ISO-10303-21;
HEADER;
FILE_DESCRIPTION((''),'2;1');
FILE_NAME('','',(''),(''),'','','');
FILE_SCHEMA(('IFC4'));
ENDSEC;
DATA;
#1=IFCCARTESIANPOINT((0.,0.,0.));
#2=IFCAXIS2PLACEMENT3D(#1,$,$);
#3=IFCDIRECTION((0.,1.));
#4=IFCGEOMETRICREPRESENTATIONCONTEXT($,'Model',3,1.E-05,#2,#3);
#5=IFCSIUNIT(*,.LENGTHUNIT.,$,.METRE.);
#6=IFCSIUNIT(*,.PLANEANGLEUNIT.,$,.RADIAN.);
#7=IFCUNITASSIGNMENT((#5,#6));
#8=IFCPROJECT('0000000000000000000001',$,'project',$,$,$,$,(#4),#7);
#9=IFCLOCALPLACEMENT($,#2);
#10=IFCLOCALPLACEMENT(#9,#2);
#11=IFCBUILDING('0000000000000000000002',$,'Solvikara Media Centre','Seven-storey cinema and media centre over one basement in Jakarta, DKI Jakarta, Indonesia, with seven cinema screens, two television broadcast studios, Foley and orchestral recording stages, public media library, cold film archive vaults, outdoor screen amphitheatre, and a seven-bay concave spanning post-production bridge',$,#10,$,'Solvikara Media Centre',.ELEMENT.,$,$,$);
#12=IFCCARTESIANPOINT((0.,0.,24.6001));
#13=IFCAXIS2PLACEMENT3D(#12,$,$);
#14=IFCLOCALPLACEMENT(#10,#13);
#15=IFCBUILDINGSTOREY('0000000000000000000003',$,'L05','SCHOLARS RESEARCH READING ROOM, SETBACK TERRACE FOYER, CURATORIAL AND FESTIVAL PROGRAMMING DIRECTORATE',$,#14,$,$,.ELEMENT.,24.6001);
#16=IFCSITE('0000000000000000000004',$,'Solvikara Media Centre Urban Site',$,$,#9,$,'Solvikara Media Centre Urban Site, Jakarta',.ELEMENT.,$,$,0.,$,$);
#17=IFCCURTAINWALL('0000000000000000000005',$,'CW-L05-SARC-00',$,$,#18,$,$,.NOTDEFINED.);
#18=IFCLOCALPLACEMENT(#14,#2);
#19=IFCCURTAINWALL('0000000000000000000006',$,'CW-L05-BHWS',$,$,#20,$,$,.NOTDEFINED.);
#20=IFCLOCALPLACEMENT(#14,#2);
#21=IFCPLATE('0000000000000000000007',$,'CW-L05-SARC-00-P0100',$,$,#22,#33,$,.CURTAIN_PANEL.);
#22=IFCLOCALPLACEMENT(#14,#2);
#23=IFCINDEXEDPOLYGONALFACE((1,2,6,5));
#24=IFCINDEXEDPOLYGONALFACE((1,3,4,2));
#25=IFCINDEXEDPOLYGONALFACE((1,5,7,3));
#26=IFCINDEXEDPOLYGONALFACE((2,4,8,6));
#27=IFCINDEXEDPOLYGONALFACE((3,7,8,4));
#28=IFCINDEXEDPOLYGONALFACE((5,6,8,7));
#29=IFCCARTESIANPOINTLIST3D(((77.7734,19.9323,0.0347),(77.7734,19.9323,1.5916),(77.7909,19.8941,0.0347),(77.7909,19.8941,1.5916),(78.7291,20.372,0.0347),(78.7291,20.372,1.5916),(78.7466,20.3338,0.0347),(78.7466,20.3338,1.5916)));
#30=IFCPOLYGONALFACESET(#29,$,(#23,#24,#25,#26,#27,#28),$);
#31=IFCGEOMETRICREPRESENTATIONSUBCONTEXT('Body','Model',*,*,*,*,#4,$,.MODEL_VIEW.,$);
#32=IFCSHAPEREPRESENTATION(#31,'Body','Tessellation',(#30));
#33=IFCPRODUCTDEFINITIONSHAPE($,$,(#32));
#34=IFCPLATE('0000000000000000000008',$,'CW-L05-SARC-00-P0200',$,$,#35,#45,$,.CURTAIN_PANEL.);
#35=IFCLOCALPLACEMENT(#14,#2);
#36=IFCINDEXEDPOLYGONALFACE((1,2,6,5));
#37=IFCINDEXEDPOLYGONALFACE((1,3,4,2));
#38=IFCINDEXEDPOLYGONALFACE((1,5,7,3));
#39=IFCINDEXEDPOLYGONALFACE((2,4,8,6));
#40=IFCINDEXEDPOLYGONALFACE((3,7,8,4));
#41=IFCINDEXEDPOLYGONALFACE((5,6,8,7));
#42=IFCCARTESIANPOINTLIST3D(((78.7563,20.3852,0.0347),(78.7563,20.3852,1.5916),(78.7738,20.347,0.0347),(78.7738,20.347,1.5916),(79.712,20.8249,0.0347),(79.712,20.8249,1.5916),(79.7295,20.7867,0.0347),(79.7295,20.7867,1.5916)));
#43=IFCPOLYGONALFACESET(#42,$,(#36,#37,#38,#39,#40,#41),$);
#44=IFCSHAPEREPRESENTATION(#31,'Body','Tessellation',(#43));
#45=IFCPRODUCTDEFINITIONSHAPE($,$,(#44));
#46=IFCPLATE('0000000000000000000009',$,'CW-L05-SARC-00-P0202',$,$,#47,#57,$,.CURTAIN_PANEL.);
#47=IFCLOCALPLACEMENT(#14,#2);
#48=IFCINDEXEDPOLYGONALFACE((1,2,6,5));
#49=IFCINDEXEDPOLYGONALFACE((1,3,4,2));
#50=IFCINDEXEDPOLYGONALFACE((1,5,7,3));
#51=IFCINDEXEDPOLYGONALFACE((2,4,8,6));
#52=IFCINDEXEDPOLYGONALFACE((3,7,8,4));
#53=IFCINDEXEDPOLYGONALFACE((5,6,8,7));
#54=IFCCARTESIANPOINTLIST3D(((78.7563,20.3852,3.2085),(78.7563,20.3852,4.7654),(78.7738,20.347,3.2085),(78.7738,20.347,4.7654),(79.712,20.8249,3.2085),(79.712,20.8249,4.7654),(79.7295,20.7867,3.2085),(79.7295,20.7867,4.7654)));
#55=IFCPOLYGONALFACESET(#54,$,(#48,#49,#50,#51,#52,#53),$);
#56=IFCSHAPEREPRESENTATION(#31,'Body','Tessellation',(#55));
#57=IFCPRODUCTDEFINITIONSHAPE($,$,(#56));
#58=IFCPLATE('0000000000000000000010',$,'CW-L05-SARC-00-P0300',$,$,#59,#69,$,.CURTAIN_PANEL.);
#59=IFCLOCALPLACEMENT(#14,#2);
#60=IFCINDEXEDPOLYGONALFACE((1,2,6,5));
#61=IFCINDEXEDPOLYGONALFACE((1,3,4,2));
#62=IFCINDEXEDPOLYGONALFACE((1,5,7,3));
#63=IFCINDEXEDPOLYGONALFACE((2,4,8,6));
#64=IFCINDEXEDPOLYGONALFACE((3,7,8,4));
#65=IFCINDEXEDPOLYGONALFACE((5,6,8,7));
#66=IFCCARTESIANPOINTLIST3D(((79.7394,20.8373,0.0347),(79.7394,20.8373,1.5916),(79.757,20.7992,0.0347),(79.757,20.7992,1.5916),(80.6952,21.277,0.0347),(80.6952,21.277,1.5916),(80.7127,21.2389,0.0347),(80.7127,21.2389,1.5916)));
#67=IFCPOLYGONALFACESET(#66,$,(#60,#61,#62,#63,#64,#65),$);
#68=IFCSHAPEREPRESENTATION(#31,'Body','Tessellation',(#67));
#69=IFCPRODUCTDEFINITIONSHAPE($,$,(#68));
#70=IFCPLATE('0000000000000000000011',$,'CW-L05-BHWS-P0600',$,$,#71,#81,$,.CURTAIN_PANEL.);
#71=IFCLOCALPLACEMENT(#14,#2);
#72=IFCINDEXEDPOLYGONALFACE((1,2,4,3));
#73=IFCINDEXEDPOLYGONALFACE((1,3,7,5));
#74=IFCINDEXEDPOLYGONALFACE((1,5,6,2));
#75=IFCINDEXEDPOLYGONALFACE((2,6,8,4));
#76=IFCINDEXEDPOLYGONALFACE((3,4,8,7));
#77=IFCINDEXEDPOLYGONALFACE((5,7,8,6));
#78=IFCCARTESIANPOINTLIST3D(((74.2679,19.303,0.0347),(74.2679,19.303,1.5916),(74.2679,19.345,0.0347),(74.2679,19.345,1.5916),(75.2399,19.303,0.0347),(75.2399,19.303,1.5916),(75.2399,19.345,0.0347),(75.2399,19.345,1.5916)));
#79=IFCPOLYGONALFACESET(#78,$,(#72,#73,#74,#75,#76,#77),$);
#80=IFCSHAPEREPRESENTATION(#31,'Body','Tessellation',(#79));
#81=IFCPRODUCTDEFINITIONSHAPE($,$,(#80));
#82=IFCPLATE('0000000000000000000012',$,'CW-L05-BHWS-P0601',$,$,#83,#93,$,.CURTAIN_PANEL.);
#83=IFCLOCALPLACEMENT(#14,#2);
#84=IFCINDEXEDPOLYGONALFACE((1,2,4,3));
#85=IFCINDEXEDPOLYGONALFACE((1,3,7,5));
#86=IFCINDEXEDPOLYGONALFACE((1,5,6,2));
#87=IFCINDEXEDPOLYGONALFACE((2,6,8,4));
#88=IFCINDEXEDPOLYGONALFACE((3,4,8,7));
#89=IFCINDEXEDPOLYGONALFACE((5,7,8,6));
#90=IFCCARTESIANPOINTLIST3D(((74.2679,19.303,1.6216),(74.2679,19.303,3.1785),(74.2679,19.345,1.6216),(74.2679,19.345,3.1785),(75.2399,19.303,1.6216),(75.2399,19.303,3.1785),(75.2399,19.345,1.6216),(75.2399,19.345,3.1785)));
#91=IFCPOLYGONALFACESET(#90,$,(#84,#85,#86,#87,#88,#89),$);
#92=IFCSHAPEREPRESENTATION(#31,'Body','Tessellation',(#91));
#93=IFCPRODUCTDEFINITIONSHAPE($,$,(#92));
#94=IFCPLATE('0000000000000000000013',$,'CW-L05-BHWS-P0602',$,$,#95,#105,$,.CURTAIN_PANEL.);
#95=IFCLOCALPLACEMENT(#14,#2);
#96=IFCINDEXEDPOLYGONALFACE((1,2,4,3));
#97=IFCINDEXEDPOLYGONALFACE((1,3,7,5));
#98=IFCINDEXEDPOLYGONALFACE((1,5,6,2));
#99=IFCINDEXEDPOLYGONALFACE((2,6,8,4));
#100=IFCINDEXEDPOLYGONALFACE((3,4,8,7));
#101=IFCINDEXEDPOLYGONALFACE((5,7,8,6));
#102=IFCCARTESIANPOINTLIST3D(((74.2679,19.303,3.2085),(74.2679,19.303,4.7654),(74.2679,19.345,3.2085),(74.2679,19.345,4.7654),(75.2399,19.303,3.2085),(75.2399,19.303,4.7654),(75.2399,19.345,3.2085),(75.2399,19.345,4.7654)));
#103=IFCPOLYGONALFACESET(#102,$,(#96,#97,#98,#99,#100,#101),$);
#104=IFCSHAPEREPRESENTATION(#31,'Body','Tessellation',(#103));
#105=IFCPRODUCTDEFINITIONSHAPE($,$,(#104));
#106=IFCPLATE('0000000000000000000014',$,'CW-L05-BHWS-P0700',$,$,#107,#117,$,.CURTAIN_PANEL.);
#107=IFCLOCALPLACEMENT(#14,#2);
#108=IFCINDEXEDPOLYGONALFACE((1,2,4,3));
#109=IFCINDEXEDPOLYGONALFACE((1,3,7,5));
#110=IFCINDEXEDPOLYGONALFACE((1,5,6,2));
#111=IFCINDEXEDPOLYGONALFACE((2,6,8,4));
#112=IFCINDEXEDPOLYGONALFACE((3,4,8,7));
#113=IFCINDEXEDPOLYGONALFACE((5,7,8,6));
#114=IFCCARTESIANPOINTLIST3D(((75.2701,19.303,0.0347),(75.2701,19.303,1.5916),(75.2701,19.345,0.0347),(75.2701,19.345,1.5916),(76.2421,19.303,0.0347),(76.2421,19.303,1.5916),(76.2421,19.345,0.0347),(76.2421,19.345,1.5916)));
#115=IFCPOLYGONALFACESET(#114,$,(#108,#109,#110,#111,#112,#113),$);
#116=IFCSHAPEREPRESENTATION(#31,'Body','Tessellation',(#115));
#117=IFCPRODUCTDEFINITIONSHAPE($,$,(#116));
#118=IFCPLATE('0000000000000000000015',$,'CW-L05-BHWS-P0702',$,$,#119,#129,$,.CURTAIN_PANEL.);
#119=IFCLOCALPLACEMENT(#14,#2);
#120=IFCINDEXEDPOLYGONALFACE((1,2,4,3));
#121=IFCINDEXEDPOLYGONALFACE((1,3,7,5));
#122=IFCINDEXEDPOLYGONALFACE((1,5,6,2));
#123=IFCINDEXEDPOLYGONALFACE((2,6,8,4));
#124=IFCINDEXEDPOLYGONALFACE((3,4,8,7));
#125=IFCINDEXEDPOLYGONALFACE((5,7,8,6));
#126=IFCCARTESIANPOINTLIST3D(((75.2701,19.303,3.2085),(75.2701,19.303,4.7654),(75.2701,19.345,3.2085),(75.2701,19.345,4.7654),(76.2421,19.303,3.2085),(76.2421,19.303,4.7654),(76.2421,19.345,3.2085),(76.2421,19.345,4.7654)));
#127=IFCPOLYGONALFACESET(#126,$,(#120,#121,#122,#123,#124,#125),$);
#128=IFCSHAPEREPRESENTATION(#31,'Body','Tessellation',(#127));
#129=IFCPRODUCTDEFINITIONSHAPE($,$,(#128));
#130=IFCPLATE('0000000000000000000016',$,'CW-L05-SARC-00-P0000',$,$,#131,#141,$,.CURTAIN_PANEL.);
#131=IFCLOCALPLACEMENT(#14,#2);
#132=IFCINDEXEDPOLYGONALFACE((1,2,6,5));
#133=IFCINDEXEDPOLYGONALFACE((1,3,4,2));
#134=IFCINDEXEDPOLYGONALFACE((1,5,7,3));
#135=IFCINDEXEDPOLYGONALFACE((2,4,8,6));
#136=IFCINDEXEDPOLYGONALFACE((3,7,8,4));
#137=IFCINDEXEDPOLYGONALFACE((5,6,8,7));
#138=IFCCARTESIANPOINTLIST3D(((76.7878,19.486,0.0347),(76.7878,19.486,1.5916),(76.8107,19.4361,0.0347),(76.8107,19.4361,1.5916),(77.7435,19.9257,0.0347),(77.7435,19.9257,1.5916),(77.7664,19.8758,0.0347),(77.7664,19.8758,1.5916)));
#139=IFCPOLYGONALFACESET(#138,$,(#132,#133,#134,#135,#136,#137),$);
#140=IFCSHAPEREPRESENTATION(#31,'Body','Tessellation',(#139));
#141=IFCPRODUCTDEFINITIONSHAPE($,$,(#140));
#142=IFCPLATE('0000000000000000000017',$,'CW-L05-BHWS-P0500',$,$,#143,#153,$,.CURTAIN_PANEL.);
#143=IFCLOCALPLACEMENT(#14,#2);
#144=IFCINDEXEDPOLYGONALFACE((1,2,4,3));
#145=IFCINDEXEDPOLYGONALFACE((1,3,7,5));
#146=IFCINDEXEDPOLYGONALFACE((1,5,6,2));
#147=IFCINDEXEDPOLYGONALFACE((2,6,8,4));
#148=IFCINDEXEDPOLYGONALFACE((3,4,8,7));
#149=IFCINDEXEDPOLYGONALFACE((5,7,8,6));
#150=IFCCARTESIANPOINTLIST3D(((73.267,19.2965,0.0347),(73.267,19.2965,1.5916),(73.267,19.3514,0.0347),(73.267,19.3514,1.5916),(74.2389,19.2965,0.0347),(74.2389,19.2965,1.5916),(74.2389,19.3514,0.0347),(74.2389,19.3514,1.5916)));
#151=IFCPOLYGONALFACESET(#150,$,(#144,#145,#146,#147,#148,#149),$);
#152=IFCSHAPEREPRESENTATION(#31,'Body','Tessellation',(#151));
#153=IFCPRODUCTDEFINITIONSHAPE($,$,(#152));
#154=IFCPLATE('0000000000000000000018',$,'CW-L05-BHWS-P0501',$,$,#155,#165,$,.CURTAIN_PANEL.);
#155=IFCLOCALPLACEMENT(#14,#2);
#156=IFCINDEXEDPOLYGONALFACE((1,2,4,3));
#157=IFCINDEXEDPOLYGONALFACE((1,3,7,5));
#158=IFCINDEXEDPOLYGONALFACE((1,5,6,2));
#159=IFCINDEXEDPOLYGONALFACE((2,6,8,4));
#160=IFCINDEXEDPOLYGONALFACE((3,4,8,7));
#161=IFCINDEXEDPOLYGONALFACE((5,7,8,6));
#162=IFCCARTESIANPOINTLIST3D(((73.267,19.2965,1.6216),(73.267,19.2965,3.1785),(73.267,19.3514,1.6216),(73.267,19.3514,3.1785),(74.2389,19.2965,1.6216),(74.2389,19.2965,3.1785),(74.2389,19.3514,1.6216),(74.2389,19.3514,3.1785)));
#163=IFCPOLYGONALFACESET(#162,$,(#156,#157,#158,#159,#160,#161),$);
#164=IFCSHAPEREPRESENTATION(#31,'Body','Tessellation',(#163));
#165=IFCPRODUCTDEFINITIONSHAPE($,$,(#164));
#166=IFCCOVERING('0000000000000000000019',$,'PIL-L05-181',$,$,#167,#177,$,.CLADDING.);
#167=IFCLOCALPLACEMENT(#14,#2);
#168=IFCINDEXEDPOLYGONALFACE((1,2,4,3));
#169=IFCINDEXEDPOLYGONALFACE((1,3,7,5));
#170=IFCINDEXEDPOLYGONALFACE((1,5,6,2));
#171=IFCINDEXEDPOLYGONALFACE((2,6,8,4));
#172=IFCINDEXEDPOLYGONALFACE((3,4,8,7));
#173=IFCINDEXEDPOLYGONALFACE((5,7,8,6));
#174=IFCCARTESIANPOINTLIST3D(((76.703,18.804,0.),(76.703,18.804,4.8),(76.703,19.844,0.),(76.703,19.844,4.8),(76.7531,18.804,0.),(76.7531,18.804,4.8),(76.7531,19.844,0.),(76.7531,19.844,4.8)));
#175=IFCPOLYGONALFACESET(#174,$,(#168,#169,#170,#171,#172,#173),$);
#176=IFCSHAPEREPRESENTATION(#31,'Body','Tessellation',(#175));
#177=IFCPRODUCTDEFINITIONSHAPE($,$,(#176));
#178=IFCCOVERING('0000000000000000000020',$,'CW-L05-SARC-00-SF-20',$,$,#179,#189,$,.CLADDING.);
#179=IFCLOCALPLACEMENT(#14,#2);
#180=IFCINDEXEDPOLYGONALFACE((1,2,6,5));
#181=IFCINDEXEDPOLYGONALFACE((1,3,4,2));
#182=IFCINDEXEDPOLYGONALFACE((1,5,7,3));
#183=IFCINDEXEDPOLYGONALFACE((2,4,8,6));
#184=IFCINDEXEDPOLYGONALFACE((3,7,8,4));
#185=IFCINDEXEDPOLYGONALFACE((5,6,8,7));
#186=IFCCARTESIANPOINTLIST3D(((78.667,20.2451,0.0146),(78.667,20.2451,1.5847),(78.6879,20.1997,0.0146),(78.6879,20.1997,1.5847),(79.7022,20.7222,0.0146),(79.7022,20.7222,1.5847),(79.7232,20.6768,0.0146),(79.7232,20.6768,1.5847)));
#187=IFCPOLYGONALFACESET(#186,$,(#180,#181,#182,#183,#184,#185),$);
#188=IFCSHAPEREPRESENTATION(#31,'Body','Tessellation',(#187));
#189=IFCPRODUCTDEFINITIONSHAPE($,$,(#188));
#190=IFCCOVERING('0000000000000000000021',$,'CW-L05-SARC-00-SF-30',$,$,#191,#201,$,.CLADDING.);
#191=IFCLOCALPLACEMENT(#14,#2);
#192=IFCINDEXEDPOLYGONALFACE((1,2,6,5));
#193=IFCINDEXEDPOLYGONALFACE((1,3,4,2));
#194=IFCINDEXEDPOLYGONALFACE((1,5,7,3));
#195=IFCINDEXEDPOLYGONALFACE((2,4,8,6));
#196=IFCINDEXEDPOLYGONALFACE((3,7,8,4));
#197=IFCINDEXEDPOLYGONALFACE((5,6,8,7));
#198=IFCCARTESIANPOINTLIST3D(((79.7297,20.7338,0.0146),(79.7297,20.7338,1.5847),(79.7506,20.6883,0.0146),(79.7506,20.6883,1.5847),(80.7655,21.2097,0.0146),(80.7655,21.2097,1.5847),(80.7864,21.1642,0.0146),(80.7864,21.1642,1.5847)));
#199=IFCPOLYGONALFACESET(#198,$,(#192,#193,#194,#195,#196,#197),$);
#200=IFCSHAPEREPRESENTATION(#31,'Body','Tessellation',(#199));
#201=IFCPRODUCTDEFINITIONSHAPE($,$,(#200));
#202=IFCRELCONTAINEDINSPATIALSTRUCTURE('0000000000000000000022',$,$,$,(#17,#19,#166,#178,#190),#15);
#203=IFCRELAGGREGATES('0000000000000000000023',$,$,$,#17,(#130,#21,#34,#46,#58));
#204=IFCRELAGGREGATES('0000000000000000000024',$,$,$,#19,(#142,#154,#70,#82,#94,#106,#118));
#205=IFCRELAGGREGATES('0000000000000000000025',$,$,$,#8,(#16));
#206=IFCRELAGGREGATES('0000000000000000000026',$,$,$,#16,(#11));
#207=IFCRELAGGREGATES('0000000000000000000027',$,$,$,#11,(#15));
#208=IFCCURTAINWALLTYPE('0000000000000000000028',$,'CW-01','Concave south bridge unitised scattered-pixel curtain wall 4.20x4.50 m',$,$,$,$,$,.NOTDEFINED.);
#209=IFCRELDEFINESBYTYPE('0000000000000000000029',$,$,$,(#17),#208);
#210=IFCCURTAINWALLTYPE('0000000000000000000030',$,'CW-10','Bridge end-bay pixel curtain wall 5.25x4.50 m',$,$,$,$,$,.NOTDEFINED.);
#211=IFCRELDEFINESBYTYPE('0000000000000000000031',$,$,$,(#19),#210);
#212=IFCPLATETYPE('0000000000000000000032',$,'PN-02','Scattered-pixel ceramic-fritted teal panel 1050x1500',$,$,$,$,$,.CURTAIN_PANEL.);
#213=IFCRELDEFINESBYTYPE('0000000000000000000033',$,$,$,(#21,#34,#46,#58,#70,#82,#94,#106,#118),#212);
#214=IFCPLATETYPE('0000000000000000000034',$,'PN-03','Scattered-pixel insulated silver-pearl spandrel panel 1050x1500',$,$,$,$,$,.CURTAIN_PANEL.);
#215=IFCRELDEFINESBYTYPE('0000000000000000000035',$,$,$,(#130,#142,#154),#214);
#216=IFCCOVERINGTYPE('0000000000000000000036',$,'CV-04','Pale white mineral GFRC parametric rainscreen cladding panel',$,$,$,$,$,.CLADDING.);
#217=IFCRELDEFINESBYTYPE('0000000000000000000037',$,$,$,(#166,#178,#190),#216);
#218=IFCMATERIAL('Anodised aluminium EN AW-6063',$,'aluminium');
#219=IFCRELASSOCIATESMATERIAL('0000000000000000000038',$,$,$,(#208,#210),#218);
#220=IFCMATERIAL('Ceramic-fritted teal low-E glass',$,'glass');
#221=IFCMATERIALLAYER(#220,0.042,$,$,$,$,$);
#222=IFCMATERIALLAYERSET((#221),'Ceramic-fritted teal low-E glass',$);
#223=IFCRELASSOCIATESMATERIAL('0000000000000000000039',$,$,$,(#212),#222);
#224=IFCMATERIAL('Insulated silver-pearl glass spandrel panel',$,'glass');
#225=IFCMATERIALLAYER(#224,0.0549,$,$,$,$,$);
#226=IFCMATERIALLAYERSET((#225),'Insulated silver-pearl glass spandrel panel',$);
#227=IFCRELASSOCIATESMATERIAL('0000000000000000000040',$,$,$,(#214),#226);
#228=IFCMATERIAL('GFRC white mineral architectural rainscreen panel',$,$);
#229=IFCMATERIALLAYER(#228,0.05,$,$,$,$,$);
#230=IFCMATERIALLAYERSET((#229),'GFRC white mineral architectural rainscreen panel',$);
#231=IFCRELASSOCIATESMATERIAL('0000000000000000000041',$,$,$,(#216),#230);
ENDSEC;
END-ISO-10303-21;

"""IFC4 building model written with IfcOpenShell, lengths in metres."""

from ifc_helpers import new_model, si_unit, direction, frame, origin, origin_2d, place, context, subcontext, project, spatial, rectangle, extrude, material, layer, layer_set, type_object, element, aggregate, save


model = new_model("IFC4")

# Units and contexts
model_context = context("Model", 3, precision=1e-05, world=origin(), true_north=direction((0.0, 1.0)))
body_context = subcontext(model_context, "Body", "Model", "MODEL_VIEW")
ifc_project = project(units=[si_unit("LENGTHUNIT", "METRE"), si_unit("PLANEANGLEUNIT", "RADIAN")], contexts=[model_context])

# Site, building, storey
site_placement = place(None, origin())
site = spatial("IfcSite", under=ifc_project, at=site_placement, Name="Solvikara Media Centre Urban Site", LongName="Solvikara Media Centre Urban Site, Jakarta", CompositionType="ELEMENT", RefElevation=0.0)
building_placement = place(site_placement, origin())
building = spatial("IfcBuilding", under=site, at=building_placement, Name="Solvikara Media Centre", Description="Seven-storey cinema and media centre over one basement in Jakarta, DKI Jakarta, Indonesia, with seven cinema screens, two television broadcast studios, Foley and orchestral recording stages, public media library, cold film archive vaults, outdoor screen amphitheatre, and a seven-bay concave spanning post-production bridge", LongName="Solvikara Media Centre", CompositionType="ELEMENT")
storey_placement = place(building_placement, frame((0.0, 0.0, 24.6001)))
storey = spatial("IfcBuildingStorey", under=building, at=storey_placement, Name="L05", Description="SCHOLARS RESEARCH READING ROOM, SETBACK TERRACE FOYER, CURATORIAL AND FESTIVAL PROGRAMMING DIRECTORATE", CompositionType="ELEMENT", Elevation=24.6001)

# Curtain walls
ifc_material_1 = material(Name="Anodised aluminium EN AW-6063", Category="aluminium")
curtain_wall_type_1 = type_object("IfcCurtainWallType", Name="CW-01", Description="Concave south bridge unitised scattered-pixel curtain wall 4.20x4.50 m", PredefinedType="NOTDEFINED", material=ifc_material_1)
curtain_wall_1_placement = place(storey_placement, origin())
curtain_wall_1 = element("IfcCurtainWall", 1, at=curtain_wall_1_placement, inside=storey, type_object=curtain_wall_type_1, Name="CW-L05-SARC-00", PredefinedType="NOTDEFINED")
curtain_wall_type_2 = type_object("IfcCurtainWallType", Name="CW-10", Description="Bridge end-bay pixel curtain wall 5.25x4.50 m", PredefinedType="NOTDEFINED", material=ifc_material_1)
curtain_wall_2_placement = place(storey_placement, origin())
curtain_wall_2 = element("IfcCurtainWall", 2, at=curtain_wall_2_placement, inside=storey, type_object=curtain_wall_type_2, Name="CW-L05-BHWS", PredefinedType="NOTDEFINED")

# Plates
ifc_material_2 = material(Name="Ceramic-fritted teal low-E glass", Category="glass")
ifc_layer_1 = layer(ifc_material_2, 0.042)
ifc_layer_set_1 = layer_set([ifc_layer_1], Name="Ceramic-fritted teal low-E glass")
plate_type_1 = type_object("IfcPlateType", Name="PN-02", Description="Scattered-pixel ceramic-fritted teal panel 1050x1500", PredefinedType="CURTAIN_PANEL", material=ifc_layer_set_1)
plate_1_placement = place(storey_placement, frame((78.26, 20.1331, 0.0347), z_axis=(0.0, 0.0, 1.0), x_axis=(0.908464, 0.417962, 0.0)))
plate_1 = element("IfcPlate", 3, at=plate_1_placement, type_object=plate_type_1, Name="CW-L05-SARC-00-P0100", PredefinedType="CURTAIN_PANEL", context=body_context, shape_type="SweptSolid", body=[
    extrude(rectangle(XDim=1.052, YDim=0.042, at=origin_2d()), origin(), (0.0, 0.0, 1.0), 1.5569),
])
plate_2_placement = place(storey_placement, frame((79.2429, 20.5859, 0.0347), z_axis=(0.0, 0.0, 1.0), x_axis=(0.908464, 0.417962, 0.0)))
plate_2 = element("IfcPlate", 4, at=plate_2_placement, type_object=plate_type_1, Name="CW-L05-SARC-00-P0200", PredefinedType="CURTAIN_PANEL", context=body_context, shape_type="SweptSolid", body=[
    extrude(rectangle(XDim=1.052, YDim=0.042, at=origin_2d()), origin(), (0.0, 0.0, 1.0), 1.5569),
])
plate_3_placement = place(storey_placement, frame((79.2429, 20.5859, 3.2085), z_axis=(0.0, 0.0, 1.0), x_axis=(0.908464, 0.417962, 0.0)))
plate_3 = element("IfcPlate", 5, at=plate_3_placement, type_object=plate_type_1, Name="CW-L05-SARC-00-P0202", PredefinedType="CURTAIN_PANEL", context=body_context, shape_type="SweptSolid", body=[
    extrude(rectangle(XDim=1.052, YDim=0.042, at=origin_2d()), origin(), (0.0, 0.0, 1.0), 1.5569),
])
plate_4_placement = place(storey_placement, frame((80.2261, 21.0381, 0.0347), z_axis=(0.0, 0.0, 1.0), x_axis=(0.908464, 0.417962, 0.0)))
plate_4 = element("IfcPlate", 6, at=plate_4_placement, type_object=plate_type_1, Name="CW-L05-SARC-00-P0300", PredefinedType="CURTAIN_PANEL", context=body_context, shape_type="SweptSolid", body=[
    extrude(rectangle(XDim=1.052, YDim=0.042, at=origin_2d()), origin(), (0.0, 0.0, 1.0), 1.5569),
])
plate_5_placement = place(storey_placement, frame((74.7539, 19.324, 0.0347), z_axis=(0.0, 0.0, 1.0), x_axis=(1.0, 0.0, 0.0)))
plate_5 = element("IfcPlate", 7, at=plate_5_placement, type_object=plate_type_1, Name="CW-L05-BHWS-P0600", PredefinedType="CURTAIN_PANEL", context=body_context, shape_type="SweptSolid", body=[
    extrude(rectangle(XDim=0.9719, YDim=0.042, at=origin_2d()), origin(), (0.0, 0.0, 1.0), 1.5569),
])
plate_6_placement = place(storey_placement, frame((74.7539, 19.324, 1.6216), z_axis=(0.0, 0.0, 1.0), x_axis=(1.0, 0.0, 0.0)))
plate_6 = element("IfcPlate", 8, at=plate_6_placement, type_object=plate_type_1, Name="CW-L05-BHWS-P0601", PredefinedType="CURTAIN_PANEL", context=body_context, shape_type="SweptSolid", body=[
    extrude(rectangle(XDim=0.9719, YDim=0.042, at=origin_2d()), origin(), (0.0, 0.0, 1.0), 1.5569),
])
plate_7_placement = place(storey_placement, frame((74.7539, 19.324, 3.2085), z_axis=(0.0, 0.0, 1.0), x_axis=(1.0, 0.0, 0.0)))
plate_7 = element("IfcPlate", 9, at=plate_7_placement, type_object=plate_type_1, Name="CW-L05-BHWS-P0602", PredefinedType="CURTAIN_PANEL", context=body_context, shape_type="SweptSolid", body=[
    extrude(rectangle(XDim=0.9719, YDim=0.042, at=origin_2d()), origin(), (0.0, 0.0, 1.0), 1.5569),
])
plate_8_placement = place(storey_placement, frame((75.7561, 19.324, 0.0347), z_axis=(0.0, 0.0, 1.0), x_axis=(1.0, 0.0, 0.0)))
plate_8 = element("IfcPlate", 10, at=plate_8_placement, type_object=plate_type_1, Name="CW-L05-BHWS-P0700", PredefinedType="CURTAIN_PANEL", context=body_context, shape_type="SweptSolid", body=[
    extrude(rectangle(XDim=0.9719, YDim=0.042, at=origin_2d()), origin(), (0.0, 0.0, 1.0), 1.5569),
])
plate_9_placement = place(storey_placement, frame((75.7561, 19.324, 3.2085), z_axis=(0.0, 0.0, 1.0), x_axis=(1.0, 0.0, 0.0)))
plate_9 = element("IfcPlate", 11, at=plate_9_placement, type_object=plate_type_1, Name="CW-L05-BHWS-P0702", PredefinedType="CURTAIN_PANEL", context=body_context, shape_type="SweptSolid", body=[
    extrude(rectangle(XDim=0.9719, YDim=0.042, at=origin_2d()), origin(), (0.0, 0.0, 1.0), 1.5569),
])
ifc_material_3 = material(Name="Insulated silver-pearl glass spandrel panel", Category="glass")
ifc_layer_2 = layer(ifc_material_3, 0.0549)
ifc_layer_set_2 = layer_set([ifc_layer_2], Name="Insulated silver-pearl glass spandrel panel")
plate_type_2 = type_object("IfcPlateType", Name="PN-03", Description="Scattered-pixel insulated silver-pearl spandrel panel 1050x1500", PredefinedType="CURTAIN_PANEL", material=ifc_layer_set_2)
plate_10_placement = place(storey_placement, frame((77.2771, 19.6809, 0.0347), z_axis=(0.0, 0.0, 1.0), x_axis=(0.908464, 0.417962, 0.0)))
plate_10 = element("IfcPlate", 12, at=plate_10_placement, type_object=plate_type_2, Name="CW-L05-SARC-00-P0000", PredefinedType="CURTAIN_PANEL", context=body_context, shape_type="SweptSolid", body=[
    extrude(rectangle(XDim=1.052, YDim=0.0549, at=origin_2d()), origin(), (0.0, 0.0, 1.0), 1.5569),
])
aggregate(curtain_wall_1, [plate_10, plate_1, plate_2, plate_3, plate_4])
plate_11_placement = place(storey_placement, frame((73.7529, 19.324, 0.0347), z_axis=(0.0, 0.0, 1.0), x_axis=(1.0, 0.0, 0.0)))
plate_11 = element("IfcPlate", 13, at=plate_11_placement, type_object=plate_type_2, Name="CW-L05-BHWS-P0500", PredefinedType="CURTAIN_PANEL", context=body_context, shape_type="SweptSolid", body=[
    extrude(rectangle(XDim=0.9719, YDim=0.0549, at=origin_2d()), origin(), (0.0, 0.0, 1.0), 1.5569),
])
plate_12_placement = place(storey_placement, frame((73.7529, 19.324, 1.6216), z_axis=(0.0, 0.0, 1.0), x_axis=(1.0, 0.0, 0.0)))
plate_12 = element("IfcPlate", 14, at=plate_12_placement, type_object=plate_type_2, Name="CW-L05-BHWS-P0501", PredefinedType="CURTAIN_PANEL", context=body_context, shape_type="SweptSolid", body=[
    extrude(rectangle(XDim=0.9719, YDim=0.0549, at=origin_2d()), origin(), (0.0, 0.0, 1.0), 1.5569),
])
aggregate(curtain_wall_2, [plate_11, plate_12, plate_5, plate_6, plate_7, plate_8, plate_9])

# Coverings
ifc_material_4 = material(Name="GFRC white mineral architectural rainscreen panel")
ifc_layer_3 = layer(ifc_material_4, 0.05)
ifc_layer_set_3 = layer_set([ifc_layer_3], Name="GFRC white mineral architectural rainscreen panel")
covering_type_1 = type_object("IfcCoveringType", Name="CV-04", Description="Pale white mineral GFRC parametric rainscreen cladding panel", PredefinedType="CLADDING", material=ifc_layer_set_3)
covering_placement = place(storey_placement, frame((76.728, 19.324, 0.0), z_axis=(0.0, 0.0, 1.0), x_axis=(0.0, 1.0, 0.0)))
element("IfcCovering", 15, at=covering_placement, inside=storey, type_object=covering_type_1, Name="PIL-L05-181", PredefinedType="CLADDING", context=body_context, shape_type="SweptSolid", body=[
    extrude(rectangle(XDim=1.04, YDim=0.05, at=origin_2d()), origin(), (0.0, 0.0, 1.0), 4.8),
])
for number, where, z_axis, x_axis, name in (
    (16, (79.1951, 20.4609, 0.0146), (0.0, 0.0, 1.0), (0.908187, 0.418565, 0.0), "CW-L05-SARC-00-SF-20"),
    (17, (80.2581, 20.949, 0.0146), (0.0, 0.0, 1.0), (0.908676, 0.417502, 0.0), "CW-L05-SARC-00-SF-30"),
):
    element("IfcCovering", number, at=place(storey_placement, frame(where, z_axis=z_axis, x_axis=x_axis)), inside=storey, type_object=covering_type_1, Name=name, PredefinedType="CLADDING", context=body_context, shape_type="SweptSolid", body=[
        extrude(rectangle(XDim=1.1399, YDim=0.05, at=origin_2d()), origin(), (0.0, 0.0, 1.0), 1.5701),
    ])

save(model, "model.ifc")
